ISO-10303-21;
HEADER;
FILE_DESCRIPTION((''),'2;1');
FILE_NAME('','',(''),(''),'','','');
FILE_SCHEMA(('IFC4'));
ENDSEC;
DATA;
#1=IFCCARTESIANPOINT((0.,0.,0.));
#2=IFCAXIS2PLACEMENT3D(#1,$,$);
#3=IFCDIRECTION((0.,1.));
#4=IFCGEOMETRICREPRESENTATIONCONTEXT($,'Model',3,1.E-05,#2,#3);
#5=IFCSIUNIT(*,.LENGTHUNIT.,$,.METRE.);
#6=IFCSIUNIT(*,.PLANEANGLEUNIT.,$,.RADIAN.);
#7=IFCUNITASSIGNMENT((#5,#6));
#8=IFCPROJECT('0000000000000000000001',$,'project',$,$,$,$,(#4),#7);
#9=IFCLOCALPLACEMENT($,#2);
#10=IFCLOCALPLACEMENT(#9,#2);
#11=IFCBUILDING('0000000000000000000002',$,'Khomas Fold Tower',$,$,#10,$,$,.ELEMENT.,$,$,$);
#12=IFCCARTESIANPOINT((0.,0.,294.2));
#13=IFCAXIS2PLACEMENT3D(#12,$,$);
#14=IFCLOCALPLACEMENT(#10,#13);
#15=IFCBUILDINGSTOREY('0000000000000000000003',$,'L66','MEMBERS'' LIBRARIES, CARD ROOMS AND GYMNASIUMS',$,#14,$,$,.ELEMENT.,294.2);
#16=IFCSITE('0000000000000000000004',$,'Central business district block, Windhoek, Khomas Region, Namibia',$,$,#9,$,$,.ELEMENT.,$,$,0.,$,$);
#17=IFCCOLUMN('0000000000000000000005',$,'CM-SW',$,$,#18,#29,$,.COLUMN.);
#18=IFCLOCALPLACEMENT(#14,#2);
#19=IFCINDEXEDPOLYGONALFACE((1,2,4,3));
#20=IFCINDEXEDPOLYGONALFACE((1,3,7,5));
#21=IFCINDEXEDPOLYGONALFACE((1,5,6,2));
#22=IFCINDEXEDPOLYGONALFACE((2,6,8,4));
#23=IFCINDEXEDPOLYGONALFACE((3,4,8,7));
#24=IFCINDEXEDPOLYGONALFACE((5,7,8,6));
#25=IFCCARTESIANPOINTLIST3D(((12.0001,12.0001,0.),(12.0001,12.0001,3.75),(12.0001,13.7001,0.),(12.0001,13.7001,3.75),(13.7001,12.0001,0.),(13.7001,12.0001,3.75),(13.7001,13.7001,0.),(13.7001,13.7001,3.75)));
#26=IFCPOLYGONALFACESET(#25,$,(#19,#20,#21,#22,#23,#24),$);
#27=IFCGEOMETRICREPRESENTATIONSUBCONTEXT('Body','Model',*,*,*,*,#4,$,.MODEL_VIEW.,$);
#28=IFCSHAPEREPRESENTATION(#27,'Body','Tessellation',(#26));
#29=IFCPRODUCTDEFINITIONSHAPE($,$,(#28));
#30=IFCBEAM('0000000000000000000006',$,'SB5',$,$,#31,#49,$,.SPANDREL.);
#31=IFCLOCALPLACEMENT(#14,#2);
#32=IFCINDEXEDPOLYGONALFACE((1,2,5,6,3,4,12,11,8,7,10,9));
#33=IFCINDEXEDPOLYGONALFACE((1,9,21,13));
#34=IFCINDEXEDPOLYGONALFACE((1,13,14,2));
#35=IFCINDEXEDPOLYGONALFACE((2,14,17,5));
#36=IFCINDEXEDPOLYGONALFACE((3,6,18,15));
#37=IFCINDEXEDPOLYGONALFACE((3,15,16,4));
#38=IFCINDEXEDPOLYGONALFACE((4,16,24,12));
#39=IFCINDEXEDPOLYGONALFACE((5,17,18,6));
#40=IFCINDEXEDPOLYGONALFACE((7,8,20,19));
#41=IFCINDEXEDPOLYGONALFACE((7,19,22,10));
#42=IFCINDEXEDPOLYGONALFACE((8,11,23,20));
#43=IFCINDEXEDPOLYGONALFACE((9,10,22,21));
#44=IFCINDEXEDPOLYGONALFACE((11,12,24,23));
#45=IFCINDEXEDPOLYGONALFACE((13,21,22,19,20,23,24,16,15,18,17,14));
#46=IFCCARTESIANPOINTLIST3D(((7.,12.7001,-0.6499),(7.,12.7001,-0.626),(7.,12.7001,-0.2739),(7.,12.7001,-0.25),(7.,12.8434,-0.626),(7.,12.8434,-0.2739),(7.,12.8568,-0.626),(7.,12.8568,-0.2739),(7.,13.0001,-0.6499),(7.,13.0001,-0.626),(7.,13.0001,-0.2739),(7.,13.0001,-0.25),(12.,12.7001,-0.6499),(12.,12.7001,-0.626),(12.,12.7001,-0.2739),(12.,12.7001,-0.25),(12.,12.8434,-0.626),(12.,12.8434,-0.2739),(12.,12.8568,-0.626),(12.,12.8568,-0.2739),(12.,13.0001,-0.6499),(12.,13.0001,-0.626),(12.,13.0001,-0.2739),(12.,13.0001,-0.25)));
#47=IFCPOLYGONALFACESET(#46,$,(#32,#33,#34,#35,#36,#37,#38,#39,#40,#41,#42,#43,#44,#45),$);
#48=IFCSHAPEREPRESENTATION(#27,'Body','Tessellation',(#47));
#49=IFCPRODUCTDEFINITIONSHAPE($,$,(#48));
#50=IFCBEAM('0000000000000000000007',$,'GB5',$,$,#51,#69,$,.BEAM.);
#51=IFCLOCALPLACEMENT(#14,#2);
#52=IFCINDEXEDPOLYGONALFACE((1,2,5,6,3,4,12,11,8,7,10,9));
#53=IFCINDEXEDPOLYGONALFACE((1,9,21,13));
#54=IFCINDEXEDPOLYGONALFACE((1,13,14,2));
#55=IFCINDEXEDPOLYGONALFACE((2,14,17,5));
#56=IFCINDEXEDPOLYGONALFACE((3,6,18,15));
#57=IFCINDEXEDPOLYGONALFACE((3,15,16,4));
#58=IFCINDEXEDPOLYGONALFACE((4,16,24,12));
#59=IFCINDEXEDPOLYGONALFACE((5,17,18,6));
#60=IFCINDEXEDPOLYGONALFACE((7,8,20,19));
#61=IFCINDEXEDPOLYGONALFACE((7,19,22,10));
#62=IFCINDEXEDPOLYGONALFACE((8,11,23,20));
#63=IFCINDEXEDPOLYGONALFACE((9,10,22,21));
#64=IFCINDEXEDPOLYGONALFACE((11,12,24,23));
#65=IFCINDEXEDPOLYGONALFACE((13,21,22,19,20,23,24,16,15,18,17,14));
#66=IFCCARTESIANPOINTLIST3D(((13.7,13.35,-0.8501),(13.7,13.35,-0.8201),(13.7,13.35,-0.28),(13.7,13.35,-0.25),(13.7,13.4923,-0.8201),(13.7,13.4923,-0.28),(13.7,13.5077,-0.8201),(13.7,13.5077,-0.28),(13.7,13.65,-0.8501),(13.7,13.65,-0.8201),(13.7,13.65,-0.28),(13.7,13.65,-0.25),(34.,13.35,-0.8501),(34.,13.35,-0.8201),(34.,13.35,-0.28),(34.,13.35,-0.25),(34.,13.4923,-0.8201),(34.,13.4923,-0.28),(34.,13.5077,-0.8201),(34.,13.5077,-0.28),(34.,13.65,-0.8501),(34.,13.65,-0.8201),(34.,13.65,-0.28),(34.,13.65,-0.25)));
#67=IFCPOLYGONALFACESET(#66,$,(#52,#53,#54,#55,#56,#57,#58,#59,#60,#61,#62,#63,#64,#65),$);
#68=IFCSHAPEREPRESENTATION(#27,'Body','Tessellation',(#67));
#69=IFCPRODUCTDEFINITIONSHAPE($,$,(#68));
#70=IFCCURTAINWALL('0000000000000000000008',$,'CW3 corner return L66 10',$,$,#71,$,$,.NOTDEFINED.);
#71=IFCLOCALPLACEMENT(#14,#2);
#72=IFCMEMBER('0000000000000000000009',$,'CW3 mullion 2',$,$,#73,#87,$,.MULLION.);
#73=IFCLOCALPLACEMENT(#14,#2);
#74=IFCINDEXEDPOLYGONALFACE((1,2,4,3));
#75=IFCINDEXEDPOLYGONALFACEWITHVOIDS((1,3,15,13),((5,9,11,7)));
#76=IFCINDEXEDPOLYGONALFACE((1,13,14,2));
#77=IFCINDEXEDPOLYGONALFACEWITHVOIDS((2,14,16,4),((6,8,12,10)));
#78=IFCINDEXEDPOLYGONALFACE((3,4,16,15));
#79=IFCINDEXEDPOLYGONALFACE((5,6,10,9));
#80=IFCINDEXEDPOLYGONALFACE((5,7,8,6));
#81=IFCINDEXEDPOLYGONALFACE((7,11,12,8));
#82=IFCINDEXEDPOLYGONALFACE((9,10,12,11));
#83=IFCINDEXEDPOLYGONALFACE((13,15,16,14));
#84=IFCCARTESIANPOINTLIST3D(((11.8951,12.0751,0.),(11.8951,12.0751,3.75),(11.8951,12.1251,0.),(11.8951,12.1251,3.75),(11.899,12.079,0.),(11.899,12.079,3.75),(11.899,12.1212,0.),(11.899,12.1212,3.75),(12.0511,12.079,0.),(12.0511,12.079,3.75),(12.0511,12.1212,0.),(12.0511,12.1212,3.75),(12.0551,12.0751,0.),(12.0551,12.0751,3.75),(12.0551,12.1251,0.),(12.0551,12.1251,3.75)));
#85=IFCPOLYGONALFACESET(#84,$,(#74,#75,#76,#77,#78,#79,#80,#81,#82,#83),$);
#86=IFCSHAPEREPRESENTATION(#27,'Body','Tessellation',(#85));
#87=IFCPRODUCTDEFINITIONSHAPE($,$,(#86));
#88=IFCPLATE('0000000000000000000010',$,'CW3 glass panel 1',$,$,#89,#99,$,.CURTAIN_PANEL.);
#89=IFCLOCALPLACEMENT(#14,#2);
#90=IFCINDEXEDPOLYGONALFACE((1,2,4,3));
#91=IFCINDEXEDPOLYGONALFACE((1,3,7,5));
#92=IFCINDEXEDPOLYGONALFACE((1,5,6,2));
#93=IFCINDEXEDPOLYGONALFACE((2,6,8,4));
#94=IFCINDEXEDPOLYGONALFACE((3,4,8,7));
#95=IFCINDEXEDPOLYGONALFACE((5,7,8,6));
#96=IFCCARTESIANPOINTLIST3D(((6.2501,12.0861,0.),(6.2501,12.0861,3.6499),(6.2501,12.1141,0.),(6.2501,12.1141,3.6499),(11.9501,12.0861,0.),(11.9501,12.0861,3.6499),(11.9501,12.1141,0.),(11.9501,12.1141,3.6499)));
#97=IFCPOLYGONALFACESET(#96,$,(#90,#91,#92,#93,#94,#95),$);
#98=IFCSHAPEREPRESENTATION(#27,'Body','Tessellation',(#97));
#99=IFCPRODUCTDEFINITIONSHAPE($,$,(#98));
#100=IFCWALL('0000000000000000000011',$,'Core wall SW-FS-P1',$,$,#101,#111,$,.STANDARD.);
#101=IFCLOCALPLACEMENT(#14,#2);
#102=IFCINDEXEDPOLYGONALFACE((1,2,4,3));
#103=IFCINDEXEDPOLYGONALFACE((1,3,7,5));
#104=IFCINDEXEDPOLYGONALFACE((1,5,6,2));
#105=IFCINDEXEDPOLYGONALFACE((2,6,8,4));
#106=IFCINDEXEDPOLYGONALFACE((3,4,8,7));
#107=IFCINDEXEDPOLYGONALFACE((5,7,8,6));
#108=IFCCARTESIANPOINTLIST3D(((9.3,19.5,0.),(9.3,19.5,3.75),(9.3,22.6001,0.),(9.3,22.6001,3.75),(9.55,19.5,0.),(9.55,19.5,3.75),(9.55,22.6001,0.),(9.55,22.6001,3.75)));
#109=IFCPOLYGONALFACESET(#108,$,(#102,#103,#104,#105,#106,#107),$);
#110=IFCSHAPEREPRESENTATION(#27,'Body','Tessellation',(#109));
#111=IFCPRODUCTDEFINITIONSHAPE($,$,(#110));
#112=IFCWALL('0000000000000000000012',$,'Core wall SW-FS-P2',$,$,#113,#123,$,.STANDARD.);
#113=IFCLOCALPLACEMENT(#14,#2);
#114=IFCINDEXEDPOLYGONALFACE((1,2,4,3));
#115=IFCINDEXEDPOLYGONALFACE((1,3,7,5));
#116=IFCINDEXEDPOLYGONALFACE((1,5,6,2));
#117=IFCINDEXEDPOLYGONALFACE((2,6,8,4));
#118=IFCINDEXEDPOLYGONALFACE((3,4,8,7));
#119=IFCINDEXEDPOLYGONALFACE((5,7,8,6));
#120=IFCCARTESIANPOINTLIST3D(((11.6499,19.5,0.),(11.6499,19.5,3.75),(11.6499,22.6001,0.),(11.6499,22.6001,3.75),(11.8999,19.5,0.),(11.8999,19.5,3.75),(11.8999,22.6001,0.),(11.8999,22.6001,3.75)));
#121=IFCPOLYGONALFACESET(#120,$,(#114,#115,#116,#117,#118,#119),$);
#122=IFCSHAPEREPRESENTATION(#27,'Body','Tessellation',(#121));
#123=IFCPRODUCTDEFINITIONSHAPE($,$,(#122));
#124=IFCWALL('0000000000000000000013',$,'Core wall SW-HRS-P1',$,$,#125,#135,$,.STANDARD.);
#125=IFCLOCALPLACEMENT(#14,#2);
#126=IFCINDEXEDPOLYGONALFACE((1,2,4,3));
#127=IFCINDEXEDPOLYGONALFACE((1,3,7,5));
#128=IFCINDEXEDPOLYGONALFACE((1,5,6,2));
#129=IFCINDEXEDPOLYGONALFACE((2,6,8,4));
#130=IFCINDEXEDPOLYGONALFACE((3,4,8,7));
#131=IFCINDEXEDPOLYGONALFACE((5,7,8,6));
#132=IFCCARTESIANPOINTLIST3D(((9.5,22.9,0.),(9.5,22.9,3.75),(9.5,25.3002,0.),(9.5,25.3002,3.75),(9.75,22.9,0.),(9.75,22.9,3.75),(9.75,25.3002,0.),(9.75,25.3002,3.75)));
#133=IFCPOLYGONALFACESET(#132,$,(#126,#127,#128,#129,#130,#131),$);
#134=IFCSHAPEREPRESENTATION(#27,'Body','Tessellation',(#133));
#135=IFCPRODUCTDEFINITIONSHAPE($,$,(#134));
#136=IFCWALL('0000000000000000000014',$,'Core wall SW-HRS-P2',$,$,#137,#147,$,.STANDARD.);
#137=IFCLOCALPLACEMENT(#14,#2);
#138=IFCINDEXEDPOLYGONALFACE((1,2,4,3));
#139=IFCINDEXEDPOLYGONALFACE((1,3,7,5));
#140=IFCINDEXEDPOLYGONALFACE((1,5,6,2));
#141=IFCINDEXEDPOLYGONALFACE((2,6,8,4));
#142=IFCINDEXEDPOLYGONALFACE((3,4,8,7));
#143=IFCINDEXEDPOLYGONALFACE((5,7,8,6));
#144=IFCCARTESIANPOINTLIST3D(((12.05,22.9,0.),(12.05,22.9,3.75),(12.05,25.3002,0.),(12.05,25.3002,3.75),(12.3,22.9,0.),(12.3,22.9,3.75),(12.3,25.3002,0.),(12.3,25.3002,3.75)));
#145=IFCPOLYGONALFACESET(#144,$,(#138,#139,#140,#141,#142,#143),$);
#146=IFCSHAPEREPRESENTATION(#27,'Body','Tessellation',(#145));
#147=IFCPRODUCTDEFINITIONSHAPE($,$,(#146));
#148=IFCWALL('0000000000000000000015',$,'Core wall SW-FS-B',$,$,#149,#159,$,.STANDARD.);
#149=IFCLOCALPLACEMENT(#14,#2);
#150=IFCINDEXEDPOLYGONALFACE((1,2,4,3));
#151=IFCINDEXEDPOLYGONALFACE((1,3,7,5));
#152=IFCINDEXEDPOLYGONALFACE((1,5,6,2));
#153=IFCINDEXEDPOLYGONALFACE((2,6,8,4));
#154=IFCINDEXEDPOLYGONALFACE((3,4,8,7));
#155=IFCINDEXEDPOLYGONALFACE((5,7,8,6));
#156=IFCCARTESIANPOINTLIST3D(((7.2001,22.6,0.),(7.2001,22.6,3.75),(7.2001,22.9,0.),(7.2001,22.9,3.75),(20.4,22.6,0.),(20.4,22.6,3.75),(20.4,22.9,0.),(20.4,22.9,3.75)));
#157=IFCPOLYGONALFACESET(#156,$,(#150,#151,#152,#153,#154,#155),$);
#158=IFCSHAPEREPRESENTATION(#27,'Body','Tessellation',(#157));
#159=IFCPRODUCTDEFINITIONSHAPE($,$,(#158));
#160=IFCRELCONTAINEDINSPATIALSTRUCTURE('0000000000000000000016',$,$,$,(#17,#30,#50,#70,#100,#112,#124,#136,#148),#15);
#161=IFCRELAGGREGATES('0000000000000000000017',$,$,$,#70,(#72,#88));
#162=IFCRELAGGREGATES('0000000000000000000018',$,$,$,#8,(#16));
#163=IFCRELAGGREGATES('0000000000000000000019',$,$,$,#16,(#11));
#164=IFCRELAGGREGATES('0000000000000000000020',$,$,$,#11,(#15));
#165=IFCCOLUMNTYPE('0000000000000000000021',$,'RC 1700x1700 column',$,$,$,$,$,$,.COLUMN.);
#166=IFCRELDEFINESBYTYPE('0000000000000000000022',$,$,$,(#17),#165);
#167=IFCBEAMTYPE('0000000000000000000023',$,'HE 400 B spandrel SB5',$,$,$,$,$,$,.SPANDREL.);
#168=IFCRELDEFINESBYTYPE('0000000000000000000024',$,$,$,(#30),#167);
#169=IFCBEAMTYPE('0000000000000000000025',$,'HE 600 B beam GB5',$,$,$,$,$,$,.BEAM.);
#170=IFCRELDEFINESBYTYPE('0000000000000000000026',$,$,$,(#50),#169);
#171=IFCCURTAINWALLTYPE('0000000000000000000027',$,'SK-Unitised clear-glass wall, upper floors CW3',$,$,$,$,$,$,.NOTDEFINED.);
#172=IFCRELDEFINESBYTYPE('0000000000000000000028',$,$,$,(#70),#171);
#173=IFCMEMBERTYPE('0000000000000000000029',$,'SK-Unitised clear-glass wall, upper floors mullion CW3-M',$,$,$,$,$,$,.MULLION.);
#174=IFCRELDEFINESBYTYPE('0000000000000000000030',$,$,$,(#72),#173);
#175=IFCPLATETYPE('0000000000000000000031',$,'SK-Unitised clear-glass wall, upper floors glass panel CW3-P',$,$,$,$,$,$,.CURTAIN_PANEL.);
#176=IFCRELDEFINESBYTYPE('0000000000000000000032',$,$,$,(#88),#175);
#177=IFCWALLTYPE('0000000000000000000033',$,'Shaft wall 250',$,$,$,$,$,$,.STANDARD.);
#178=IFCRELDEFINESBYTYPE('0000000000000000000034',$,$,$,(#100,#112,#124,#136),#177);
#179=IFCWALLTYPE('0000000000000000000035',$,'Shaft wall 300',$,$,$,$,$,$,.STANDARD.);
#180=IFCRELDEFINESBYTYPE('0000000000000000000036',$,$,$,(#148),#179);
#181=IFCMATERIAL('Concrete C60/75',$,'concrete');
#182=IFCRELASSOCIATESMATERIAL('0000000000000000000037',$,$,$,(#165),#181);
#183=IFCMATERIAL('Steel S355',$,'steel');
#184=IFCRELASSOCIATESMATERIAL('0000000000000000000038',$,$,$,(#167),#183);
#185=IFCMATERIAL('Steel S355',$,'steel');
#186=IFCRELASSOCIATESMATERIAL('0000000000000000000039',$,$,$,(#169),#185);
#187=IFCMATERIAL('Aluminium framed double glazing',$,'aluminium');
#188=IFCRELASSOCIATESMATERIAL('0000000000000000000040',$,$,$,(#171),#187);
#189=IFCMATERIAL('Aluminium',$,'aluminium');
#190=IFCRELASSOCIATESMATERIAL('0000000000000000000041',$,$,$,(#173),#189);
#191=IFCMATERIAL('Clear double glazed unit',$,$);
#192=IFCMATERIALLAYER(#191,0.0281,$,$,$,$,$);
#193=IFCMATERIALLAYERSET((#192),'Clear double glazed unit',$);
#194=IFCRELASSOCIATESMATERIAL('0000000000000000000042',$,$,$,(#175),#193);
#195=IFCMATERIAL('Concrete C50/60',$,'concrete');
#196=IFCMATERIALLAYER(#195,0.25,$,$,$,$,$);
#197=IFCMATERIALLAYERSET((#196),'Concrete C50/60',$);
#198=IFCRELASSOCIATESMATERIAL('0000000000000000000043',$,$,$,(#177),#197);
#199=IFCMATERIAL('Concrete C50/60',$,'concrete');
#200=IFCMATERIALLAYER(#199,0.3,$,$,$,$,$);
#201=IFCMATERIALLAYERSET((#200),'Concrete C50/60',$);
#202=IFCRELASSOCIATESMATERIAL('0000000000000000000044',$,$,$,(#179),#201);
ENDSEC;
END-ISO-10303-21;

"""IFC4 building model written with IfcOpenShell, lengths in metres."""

from ifc_helpers import new_model, si_unit, direction, frame, frame_2d, origin, origin_2d, place, context, subcontext, project, spatial, rectangle, hollow_rectangle, i_section, extrude, source, transform, mapped, material, layer, layer_set, material_profile, profile_set, type_object, element, aggregate, save


model = new_model("IFC4")

# Units and contexts
model_context = context("Model", 3, precision=1e-05, world=origin(), true_north=direction((0.0, 1.0)))
body_context = subcontext(model_context, "Body", "Model", "MODEL_VIEW")
ifc_project = project(units=[si_unit("LENGTHUNIT", "METRE"), si_unit("PLANEANGLEUNIT", "RADIAN")], contexts=[model_context])

# Site, building, storey
site_placement = place(None, origin())
site = spatial("IfcSite", under=ifc_project, at=site_placement, Name="Central business district block, Windhoek, Khomas Region, Namibia", CompositionType="ELEMENT", RefElevation=0.0)
building_placement = place(site_placement, origin())
building = spatial("IfcBuilding", under=site, at=building_placement, Name="Khomas Fold Tower", CompositionType="ELEMENT")
storey_placement = place(building_placement, frame((0.0, 0.0, 294.2)))
storey = spatial("IfcBuildingStorey", under=building, at=storey_placement, Name="L66", Description="MEMBERS' LIBRARIES, CARD ROOMS AND GYMNASIUMS", CompositionType="ELEMENT", Elevation=294.2)

# Column
ifc_material_1 = material(Name="Concrete C60/75", Category="concrete")
ifc_material_profile_1 = material_profile(ifc_material_1, rectangle(XDim=1.7, YDim=1.7, at=origin_2d()), Name="RC 1700x1700")
ifc_profile_set_1 = profile_set([ifc_material_profile_1], Name="Concrete C60/75")
column_type = type_object("IfcColumnType", Name="RC 1700x1700 column", PredefinedType="COLUMN", material=ifc_profile_set_1)
shared_shape_1 = source(origin(), body_context, "Body", "SweptSolid", [
    extrude(rectangle(XDim=1.7, YDim=1.7, at=origin_2d()), origin(), (0.0, 0.0, 1.0), 3.75),
])
column_placement = place(storey_placement, frame((12.8501, 12.8501, 0.0), z_axis=(0.0, 0.0, 1.0), x_axis=(1.0, 0.0, 0.0)))
element("IfcColumn", 1, at=column_placement, inside=storey, type_object=column_type, Name="CM-SW", PredefinedType="COLUMN", context=body_context, shape_type="MappedRepresentation", body=[
    mapped(shared_shape_1, transform((0.0, 0.0, 0.0))),
])

# Beams
ifc_material_2 = material(Name="Steel S355", Category="steel")
ifc_material_profile_2 = material_profile(ifc_material_2, i_section(OverallWidth=0.3, OverallDepth=0.3999, WebThickness=0.0134, FlangeThickness=0.0239, at=origin_2d()), Name="HE 400 B")
ifc_profile_set_2 = profile_set([ifc_material_profile_2], Name="Steel S355")
beam_type_1 = type_object("IfcBeamType", Name="HE 400 B spandrel SB5", PredefinedType="SPANDREL", material=ifc_profile_set_2)
shared_shape_2 = source(origin(), body_context, "Body", "SweptSolid", [
    extrude(i_section(OverallWidth=0.3, OverallDepth=0.3999, WebThickness=0.0134, FlangeThickness=0.0239, at=origin_2d()), origin(), (0.0, 0.0, 1.0), 5.0),
])
beam_1_placement = place(storey_placement, frame((7.0, 12.8501, -0.45), z_axis=(1.0, 0.0, 0.0), x_axis=(0.0, 1.0, 0.0)))
element("IfcBeam", 2, at=beam_1_placement, inside=storey, type_object=beam_type_1, Name="SB5", PredefinedType="SPANDREL", context=body_context, shape_type="MappedRepresentation", body=[
    mapped(shared_shape_2, transform((0.0, 0.0, 0.0))),
])
ifc_material_3 = material(Name="Steel S355", Category="steel")
ifc_material_profile_3 = material_profile(ifc_material_3, i_section(OverallWidth=0.3, OverallDepth=0.6001, WebThickness=0.0154, FlangeThickness=0.03, at=origin_2d()), Name="HE 600 B")
ifc_profile_set_3 = profile_set([ifc_material_profile_3], Name="Steel S355")
beam_type_2 = type_object("IfcBeamType", Name="HE 600 B beam GB5", PredefinedType="BEAM", material=ifc_profile_set_3)
shared_shape_3 = source(origin(), body_context, "Body", "SweptSolid", [
    extrude(i_section(OverallWidth=0.3, OverallDepth=0.6001, WebThickness=0.0154, FlangeThickness=0.03, at=origin_2d()), origin(), (0.0, 0.0, 1.0), 20.3),
])
beam_2_placement = place(storey_placement, frame((13.7, 13.5, -0.55), z_axis=(1.0, 0.0, 0.0), x_axis=(0.0, 1.0, 0.0)))
element("IfcBeam", 3, at=beam_2_placement, inside=storey, type_object=beam_type_2, Name="GB5", PredefinedType="BEAM", context=body_context, shape_type="MappedRepresentation", body=[
    mapped(shared_shape_3, transform((0.0, 0.0, 0.0))),
])

# Curtain wall, member, plate
ifc_material_4 = material(Name="Aluminium framed double glazing", Category="aluminium")
curtain_wall_type = type_object("IfcCurtainWallType", Name="SK-Unitised clear-glass wall, upper floors CW3", PredefinedType="NOTDEFINED", material=ifc_material_4)
curtain_wall_placement = place(storey_placement, origin())
curtain_wall = element("IfcCurtainWall", 4, at=curtain_wall_placement, inside=storey, type_object=curtain_wall_type, Name="CW3 corner return L66 10", PredefinedType="NOTDEFINED")
ifc_material_5 = material(Name="Aluminium", Category="aluminium")
ifc_material_profile_4 = material_profile(ifc_material_5, hollow_rectangle(XDim=0.05, YDim=0.1599, WallThickness=0.0039, at=origin_2d()), Name="SK-Unitised clear-glass wall, upper floors mullion CW3-M")
ifc_profile_set_4 = profile_set([ifc_material_profile_4], Name="Aluminium")
member_type = type_object("IfcMemberType", Name="SK-Unitised clear-glass wall, upper floors mullion CW3-M", PredefinedType="MULLION", material=ifc_profile_set_4)
shared_shape_4 = source(origin(), body_context, "Body", "SweptSolid", [
    extrude(hollow_rectangle(XDim=0.05, YDim=0.1599, WallThickness=0.0039, at=origin_2d()), origin(), (0.0, 0.0, 1.0), 3.75),
])
member_placement = place(storey_placement, frame((11.9751, 12.1001, 0.0), z_axis=(0.0, 0.0, 1.0), x_axis=(0.0, 1.0, 0.0)))
member = element("IfcMember", 5, at=member_placement, type_object=member_type, Name="CW3 mullion 2", PredefinedType="MULLION", context=body_context, shape_type="MappedRepresentation", body=[
    mapped(shared_shape_4, transform((0.0, 0.0, 0.0))),
])
ifc_material_6 = material(Name="Clear double glazed unit")
ifc_layer_1 = layer(ifc_material_6, 0.0281)
ifc_layer_set_1 = layer_set([ifc_layer_1], Name="Clear double glazed unit")
plate_type = type_object("IfcPlateType", Name="SK-Unitised clear-glass wall, upper floors glass panel CW3-P", PredefinedType="CURTAIN_PANEL", material=ifc_layer_set_1)
shared_shape_5 = source(origin(), body_context, "Body", "SweptSolid", [
    extrude(rectangle(XDim=5.7, YDim=0.0281, at=origin_2d()), origin(), (0.0, 0.0, 1.0), 3.6499),
])
plate_placement = place(storey_placement, frame((9.1001, 12.1001, 0.0), z_axis=(0.0, 0.0, 1.0), x_axis=(1.0, 0.0, 0.0)))
plate = element("IfcPlate", 6, at=plate_placement, type_object=plate_type, Name="CW3 glass panel 1", PredefinedType="CURTAIN_PANEL", context=body_context, shape_type="MappedRepresentation", body=[
    mapped(shared_shape_5, transform((0.0, 0.0, 0.0))),
])
aggregate(curtain_wall, [member, plate])

# Walls
ifc_material_7 = material(Name="Concrete C50/60", Category="concrete")
ifc_layer_2 = layer(ifc_material_7, 0.25)
ifc_layer_set_2 = layer_set([ifc_layer_2], Name="Concrete C50/60")
wall_type_1 = type_object("IfcWallType", Name="Shaft wall 250", PredefinedType="STANDARD", material=ifc_layer_set_2)
shared_shape_6 = source(origin(), body_context, "Body", "SweptSolid", [
    extrude(rectangle(XDim=3.1001, YDim=0.25, at=frame_2d((1.55, 0.0))), origin(), (0.0, 0.0, 1.0), 3.75),
])
for number, where, z_axis, x_axis, name in (
    (7, (9.425, 19.5, 0.0), (0.0, 0.0, 1.0), (0.0, 1.0, 0.0), "Core wall SW-FS-P1"),
    (8, (11.7749, 19.5, 0.0), (0.0, 0.0, 1.0), (0.0, 1.0, 0.0), "Core wall SW-FS-P2"),
):
    element("IfcWall", number, at=place(storey_placement, frame(where, z_axis=z_axis, x_axis=x_axis)), inside=storey, type_object=wall_type_1, Name=name, PredefinedType="STANDARD", context=body_context, shape_type="MappedRepresentation", body=[
        mapped(shared_shape_6, transform((0.0, 0.0, 0.0))),
    ])
shared_shape_7 = source(origin(), body_context, "Body", "SweptSolid", [
    extrude(rectangle(XDim=2.4001, YDim=0.25, at=frame_2d((1.2002, 0.0))), origin(), (0.0, 0.0, 1.0), 3.75),
])
for number, where, z_axis, x_axis, name in (
    (9, (9.625, 22.8999, 0.0), (0.0, 0.0, 1.0), (0.0, 1.0, 0.0), "Core wall SW-HRS-P1"),
    (10, (12.175, 22.8999, 0.0), (0.0, 0.0, 1.0), (0.0, 1.0, 0.0), "Core wall SW-HRS-P2"),
):
    element("IfcWall", number, at=place(storey_placement, frame(where, z_axis=z_axis, x_axis=x_axis)), inside=storey, type_object=wall_type_1, Name=name, PredefinedType="STANDARD", context=body_context, shape_type="MappedRepresentation", body=[
        mapped(shared_shape_7, transform((0.0, 0.0, 0.0))),
    ])
ifc_material_8 = material(Name="Concrete C50/60", Category="concrete")
ifc_layer_3 = layer(ifc_material_8, 0.3)
ifc_layer_set_3 = layer_set([ifc_layer_3], Name="Concrete C50/60")
wall_type_2 = type_object("IfcWallType", Name="Shaft wall 300", PredefinedType="STANDARD", material=ifc_layer_set_3)
shared_shape_8 = source(origin(), body_context, "Body", "SweptSolid", [
    extrude(rectangle(XDim=13.2, YDim=0.3, at=frame_2d((6.6001, 0.0))), origin(), (0.0, 0.0, 1.0), 3.75),
])
wall_1_placement = place(storey_placement, frame((7.2, 22.75, 0.0), z_axis=(0.0, 0.0, 1.0), x_axis=(1.0, 0.0, 0.0)))
element("IfcWall", 11, at=wall_1_placement, inside=storey, type_object=wall_type_2, Name="Core wall SW-FS-B", PredefinedType="STANDARD", context=body_context, shape_type="MappedRepresentation", body=[
    mapped(shared_shape_8, transform((0.0, 0.0, 0.0))),
])

save(model, "model.ifc")
